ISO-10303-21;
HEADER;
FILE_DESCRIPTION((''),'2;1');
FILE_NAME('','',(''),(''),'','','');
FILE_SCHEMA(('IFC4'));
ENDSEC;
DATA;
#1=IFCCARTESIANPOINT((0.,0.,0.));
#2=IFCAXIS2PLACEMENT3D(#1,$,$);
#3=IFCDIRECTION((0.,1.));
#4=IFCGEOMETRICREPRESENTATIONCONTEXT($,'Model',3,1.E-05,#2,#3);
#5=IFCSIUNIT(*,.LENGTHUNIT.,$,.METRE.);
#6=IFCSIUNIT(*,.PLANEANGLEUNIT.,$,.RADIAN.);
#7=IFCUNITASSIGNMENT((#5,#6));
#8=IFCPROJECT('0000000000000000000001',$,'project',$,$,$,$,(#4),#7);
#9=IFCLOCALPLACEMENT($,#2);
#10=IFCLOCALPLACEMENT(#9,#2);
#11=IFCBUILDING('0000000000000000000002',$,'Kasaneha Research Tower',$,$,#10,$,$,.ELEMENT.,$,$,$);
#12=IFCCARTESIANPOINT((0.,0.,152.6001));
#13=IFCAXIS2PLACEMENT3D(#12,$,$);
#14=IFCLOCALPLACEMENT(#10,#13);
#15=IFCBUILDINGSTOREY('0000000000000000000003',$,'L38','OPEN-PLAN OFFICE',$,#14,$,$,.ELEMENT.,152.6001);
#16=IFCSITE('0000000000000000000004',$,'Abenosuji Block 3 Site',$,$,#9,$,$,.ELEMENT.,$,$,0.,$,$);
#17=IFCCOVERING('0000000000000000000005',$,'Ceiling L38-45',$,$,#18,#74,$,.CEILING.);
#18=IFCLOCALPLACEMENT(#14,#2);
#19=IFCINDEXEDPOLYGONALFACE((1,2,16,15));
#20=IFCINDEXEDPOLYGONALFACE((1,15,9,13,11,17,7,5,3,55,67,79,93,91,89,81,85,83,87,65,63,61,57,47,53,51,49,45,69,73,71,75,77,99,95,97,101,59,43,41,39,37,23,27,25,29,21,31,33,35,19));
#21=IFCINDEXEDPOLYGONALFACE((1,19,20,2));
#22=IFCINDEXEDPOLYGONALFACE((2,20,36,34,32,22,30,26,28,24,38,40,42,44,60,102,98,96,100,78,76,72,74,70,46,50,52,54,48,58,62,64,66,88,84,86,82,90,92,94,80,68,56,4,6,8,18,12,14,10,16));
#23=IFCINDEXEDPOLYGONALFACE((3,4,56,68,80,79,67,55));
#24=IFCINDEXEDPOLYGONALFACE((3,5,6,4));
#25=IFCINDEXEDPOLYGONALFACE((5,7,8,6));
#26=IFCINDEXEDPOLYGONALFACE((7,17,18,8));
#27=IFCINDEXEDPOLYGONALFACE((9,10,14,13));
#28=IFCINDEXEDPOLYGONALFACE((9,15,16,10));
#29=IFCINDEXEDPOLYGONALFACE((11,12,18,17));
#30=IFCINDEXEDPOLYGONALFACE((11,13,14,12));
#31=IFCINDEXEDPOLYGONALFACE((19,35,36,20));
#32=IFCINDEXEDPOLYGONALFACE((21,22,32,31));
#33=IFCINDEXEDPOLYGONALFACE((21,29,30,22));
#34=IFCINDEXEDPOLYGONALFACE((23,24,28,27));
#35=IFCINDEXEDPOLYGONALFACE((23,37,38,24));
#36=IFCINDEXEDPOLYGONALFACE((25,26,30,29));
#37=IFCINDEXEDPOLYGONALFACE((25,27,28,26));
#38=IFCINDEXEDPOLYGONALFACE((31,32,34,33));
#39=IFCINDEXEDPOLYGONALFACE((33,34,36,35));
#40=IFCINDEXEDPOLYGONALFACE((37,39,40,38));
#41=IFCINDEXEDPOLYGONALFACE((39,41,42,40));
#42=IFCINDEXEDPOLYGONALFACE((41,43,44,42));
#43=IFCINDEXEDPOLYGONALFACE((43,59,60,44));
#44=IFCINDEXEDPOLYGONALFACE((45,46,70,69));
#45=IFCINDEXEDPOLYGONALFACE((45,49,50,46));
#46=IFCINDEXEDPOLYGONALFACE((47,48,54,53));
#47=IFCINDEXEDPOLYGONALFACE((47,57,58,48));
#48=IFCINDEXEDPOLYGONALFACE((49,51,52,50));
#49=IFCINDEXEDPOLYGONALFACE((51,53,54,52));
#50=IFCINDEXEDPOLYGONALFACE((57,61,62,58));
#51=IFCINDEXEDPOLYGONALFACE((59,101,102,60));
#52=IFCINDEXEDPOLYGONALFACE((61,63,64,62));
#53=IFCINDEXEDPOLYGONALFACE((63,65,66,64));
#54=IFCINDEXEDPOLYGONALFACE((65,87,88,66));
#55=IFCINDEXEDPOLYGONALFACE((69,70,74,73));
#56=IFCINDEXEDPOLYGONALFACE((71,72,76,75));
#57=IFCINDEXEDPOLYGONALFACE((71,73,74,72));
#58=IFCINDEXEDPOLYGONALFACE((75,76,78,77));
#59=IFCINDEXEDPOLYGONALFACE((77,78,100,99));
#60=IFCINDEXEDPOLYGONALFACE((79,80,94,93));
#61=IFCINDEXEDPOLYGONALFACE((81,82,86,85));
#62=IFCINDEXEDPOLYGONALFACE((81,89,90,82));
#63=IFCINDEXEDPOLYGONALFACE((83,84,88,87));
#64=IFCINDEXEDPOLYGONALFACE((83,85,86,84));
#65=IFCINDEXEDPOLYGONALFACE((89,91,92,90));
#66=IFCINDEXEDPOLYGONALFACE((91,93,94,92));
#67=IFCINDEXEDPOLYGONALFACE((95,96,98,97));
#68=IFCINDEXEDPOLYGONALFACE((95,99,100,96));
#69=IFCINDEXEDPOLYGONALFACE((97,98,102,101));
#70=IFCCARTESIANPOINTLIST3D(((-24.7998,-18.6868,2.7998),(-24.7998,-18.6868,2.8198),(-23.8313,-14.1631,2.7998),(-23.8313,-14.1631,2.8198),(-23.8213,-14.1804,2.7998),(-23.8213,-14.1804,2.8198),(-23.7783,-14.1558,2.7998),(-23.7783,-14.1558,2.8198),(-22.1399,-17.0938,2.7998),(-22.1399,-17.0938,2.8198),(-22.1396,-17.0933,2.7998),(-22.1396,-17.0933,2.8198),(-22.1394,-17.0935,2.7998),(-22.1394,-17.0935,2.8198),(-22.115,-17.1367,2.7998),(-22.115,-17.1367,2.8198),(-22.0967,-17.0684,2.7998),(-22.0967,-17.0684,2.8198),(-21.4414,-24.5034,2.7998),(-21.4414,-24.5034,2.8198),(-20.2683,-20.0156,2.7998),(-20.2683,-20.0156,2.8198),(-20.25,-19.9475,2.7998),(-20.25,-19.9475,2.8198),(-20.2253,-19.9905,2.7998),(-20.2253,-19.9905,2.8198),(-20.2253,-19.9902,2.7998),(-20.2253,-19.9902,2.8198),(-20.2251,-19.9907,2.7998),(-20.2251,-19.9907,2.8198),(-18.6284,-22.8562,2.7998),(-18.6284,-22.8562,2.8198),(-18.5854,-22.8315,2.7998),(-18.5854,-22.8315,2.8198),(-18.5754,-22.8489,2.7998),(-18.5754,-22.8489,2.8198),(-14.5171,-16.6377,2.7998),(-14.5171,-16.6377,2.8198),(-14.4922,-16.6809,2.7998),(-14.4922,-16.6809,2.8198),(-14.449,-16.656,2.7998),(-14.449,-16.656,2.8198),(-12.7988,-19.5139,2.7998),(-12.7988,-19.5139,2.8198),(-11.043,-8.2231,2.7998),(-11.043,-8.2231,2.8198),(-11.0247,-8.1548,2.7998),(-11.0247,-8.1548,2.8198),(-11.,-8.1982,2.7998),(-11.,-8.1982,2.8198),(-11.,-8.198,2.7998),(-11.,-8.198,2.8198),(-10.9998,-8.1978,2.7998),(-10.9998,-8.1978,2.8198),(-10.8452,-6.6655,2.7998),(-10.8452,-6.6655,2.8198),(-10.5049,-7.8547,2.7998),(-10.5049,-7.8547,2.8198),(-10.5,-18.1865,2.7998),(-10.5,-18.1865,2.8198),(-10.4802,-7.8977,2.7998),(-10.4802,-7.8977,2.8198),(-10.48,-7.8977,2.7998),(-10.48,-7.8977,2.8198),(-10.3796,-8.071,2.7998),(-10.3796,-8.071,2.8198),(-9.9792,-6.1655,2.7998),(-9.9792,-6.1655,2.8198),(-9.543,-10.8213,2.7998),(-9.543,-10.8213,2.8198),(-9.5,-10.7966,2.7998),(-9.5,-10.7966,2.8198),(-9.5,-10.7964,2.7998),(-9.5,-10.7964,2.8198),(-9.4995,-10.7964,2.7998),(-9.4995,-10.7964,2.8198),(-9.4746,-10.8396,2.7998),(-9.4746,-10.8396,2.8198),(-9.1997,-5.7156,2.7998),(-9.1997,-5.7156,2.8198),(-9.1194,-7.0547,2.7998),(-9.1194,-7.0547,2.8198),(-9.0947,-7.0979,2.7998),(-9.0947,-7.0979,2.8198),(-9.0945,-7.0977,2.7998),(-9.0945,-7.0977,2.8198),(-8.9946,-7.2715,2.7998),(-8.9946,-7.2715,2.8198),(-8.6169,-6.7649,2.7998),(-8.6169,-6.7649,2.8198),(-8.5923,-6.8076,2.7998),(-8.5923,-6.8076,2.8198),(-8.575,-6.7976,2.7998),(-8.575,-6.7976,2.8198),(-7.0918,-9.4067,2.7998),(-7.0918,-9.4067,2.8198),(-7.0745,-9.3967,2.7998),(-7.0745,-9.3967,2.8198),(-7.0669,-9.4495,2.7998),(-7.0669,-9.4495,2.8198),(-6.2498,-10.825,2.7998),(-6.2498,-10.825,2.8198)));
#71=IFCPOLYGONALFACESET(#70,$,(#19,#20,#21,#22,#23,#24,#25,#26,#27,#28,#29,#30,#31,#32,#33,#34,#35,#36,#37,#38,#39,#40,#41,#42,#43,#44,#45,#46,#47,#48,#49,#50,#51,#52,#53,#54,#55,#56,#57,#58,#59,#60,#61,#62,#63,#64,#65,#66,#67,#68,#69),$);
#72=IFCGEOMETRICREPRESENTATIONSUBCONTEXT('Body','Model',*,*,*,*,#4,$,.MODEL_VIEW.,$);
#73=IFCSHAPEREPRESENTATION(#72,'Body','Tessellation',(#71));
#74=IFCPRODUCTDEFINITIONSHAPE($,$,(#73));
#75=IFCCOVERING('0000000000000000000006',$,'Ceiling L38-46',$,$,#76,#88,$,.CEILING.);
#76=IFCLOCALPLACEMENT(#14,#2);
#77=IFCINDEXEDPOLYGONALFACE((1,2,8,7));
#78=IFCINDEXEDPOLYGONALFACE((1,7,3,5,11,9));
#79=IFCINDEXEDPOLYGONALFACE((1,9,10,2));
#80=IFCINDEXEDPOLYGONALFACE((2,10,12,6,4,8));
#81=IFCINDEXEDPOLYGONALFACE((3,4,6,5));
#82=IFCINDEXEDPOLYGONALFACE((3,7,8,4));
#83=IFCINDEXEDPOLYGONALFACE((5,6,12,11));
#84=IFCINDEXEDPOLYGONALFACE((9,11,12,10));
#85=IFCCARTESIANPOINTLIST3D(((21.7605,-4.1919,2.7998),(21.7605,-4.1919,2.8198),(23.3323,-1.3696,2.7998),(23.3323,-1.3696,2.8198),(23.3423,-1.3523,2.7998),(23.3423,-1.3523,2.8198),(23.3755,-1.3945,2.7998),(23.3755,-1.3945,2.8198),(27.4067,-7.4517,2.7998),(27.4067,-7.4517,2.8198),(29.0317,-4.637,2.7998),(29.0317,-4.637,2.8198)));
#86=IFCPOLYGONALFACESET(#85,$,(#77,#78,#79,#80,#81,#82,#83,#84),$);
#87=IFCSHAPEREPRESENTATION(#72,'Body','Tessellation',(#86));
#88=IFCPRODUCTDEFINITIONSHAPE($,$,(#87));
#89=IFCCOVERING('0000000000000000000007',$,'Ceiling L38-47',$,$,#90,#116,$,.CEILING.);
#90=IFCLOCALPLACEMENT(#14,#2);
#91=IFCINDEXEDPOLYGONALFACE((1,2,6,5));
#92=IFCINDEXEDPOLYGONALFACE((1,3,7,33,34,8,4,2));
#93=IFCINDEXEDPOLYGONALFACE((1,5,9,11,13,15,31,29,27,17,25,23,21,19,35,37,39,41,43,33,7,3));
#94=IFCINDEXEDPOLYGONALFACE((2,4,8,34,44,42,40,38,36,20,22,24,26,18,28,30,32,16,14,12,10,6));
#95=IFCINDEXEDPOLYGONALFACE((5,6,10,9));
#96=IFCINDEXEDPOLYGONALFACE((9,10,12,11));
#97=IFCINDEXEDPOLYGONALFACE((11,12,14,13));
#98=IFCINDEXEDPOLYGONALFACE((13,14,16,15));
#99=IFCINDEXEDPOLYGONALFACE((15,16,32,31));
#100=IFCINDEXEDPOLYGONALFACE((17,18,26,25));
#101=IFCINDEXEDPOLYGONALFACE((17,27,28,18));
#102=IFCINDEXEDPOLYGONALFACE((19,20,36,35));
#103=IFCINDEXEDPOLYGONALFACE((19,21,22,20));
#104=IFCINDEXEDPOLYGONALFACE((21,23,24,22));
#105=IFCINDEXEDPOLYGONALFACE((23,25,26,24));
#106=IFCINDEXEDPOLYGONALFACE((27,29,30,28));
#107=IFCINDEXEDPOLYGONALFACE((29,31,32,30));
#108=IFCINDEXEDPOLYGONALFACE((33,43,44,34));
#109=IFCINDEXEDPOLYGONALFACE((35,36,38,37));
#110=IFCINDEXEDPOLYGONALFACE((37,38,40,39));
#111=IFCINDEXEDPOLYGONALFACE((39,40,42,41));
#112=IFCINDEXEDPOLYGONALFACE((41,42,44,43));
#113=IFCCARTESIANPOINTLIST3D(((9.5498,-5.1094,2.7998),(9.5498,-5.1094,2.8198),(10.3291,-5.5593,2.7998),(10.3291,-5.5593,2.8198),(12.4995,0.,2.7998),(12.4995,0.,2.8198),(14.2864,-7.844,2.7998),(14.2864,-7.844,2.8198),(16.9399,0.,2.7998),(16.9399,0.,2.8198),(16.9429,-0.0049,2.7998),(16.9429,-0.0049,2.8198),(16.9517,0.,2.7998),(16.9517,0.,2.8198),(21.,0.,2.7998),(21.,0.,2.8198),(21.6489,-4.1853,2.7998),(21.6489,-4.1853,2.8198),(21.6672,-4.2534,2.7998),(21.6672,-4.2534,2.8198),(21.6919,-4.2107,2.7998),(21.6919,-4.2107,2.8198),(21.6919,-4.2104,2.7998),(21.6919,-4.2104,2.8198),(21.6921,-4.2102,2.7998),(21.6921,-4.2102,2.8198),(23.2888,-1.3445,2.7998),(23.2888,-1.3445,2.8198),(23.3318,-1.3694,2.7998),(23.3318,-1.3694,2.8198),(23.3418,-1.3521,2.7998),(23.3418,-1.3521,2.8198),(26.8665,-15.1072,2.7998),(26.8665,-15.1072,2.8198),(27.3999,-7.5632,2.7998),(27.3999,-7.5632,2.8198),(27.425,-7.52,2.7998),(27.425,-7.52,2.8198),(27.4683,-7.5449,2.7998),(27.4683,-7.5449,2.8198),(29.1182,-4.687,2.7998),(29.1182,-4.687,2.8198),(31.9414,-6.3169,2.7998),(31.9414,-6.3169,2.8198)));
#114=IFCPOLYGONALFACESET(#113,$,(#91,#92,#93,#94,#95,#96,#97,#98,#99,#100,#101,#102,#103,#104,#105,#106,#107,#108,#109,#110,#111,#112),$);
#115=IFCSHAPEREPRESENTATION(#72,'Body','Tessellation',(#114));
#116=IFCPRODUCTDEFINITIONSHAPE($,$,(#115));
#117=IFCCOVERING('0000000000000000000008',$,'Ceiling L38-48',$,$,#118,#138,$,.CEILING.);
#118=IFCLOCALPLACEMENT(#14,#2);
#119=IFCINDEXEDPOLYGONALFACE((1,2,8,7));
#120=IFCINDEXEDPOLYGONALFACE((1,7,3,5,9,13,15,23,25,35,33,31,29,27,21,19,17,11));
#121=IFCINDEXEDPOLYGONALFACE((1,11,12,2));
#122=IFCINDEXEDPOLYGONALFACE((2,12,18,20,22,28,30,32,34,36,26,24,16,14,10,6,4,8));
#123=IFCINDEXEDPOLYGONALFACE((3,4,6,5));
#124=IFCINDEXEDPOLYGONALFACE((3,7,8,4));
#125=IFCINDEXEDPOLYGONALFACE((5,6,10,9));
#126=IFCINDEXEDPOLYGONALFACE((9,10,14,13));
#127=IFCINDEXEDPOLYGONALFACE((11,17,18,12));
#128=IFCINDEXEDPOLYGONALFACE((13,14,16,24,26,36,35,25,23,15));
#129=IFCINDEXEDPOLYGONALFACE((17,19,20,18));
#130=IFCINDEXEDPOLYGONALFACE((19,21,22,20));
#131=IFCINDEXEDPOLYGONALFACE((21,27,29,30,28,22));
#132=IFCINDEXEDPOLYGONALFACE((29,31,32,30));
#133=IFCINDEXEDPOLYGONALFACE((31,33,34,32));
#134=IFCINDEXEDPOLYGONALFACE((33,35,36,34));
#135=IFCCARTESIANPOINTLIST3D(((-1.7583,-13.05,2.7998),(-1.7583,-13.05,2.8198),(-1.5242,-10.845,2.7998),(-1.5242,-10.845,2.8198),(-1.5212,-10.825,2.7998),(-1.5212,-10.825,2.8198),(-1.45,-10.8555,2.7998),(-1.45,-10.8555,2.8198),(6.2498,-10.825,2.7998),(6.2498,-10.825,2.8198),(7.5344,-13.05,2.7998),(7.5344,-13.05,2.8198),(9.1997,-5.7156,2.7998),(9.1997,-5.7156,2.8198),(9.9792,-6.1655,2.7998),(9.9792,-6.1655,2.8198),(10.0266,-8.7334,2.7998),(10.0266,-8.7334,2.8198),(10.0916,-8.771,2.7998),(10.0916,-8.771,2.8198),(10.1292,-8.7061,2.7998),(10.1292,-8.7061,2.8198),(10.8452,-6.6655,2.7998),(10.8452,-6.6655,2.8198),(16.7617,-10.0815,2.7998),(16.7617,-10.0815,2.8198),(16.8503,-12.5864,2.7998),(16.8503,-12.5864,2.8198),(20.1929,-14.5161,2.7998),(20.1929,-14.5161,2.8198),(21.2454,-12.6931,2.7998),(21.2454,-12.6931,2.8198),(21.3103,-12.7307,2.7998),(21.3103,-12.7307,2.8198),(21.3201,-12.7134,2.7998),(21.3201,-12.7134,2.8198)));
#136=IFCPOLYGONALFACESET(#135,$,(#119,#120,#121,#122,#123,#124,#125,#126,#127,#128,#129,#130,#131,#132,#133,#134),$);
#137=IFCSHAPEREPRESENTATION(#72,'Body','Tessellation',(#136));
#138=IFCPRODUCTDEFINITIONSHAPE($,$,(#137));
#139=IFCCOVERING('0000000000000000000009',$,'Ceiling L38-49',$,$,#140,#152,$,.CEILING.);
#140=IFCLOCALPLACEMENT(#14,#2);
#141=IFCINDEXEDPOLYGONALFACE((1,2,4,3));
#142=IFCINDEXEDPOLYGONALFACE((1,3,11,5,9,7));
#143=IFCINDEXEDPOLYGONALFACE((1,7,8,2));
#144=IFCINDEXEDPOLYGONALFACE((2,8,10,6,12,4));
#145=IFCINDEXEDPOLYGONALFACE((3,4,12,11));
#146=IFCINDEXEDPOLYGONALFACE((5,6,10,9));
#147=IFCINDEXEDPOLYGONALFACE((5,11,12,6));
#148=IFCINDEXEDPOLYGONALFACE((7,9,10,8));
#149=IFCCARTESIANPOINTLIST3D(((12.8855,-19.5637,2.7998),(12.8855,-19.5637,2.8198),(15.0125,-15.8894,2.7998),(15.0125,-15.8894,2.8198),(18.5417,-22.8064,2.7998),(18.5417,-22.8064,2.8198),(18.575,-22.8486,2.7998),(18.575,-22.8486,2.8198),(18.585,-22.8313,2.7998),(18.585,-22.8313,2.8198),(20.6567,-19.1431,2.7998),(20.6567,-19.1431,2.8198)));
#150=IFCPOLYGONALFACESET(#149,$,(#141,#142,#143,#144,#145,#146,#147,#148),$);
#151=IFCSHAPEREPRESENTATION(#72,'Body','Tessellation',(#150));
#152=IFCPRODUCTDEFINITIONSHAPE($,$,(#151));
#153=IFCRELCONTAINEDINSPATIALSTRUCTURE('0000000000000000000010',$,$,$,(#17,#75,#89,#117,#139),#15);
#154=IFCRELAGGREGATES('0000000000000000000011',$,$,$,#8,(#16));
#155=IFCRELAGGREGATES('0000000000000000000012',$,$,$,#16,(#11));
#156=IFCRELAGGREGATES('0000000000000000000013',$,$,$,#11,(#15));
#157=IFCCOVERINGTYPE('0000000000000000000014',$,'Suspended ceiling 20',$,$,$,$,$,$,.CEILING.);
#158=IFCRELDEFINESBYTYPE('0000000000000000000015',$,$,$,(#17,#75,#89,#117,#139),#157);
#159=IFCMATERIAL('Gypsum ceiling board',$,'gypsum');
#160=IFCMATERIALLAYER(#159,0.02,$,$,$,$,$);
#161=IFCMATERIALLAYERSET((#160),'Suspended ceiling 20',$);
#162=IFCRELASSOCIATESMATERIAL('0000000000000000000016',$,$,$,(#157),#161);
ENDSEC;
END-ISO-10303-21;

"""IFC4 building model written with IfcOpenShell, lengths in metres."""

from ifc_helpers import new_model, si_unit, direction, frame, origin, place, context, subcontext, project, spatial, polyline, outline, extrude, material, layer, layer_set, type_object, element, save


model = new_model("IFC4")

# Units and contexts
model_context = context("Model", 3, precision=1e-05, world=origin(), true_north=direction((0.0, 1.0)))
body_context = subcontext(model_context, "Body", "Model", "MODEL_VIEW")
ifc_project = project(units=[si_unit("LENGTHUNIT", "METRE"), si_unit("PLANEANGLEUNIT", "RADIAN")], contexts=[model_context])

# Site, building, storey
site_placement = place(None, origin())
site = spatial("IfcSite", under=ifc_project, at=site_placement, Name="Abenosuji Block 3 Site", CompositionType="ELEMENT", RefElevation=0.0)
building_placement = place(site_placement, origin())
building = spatial("IfcBuilding", under=site, at=building_placement, Name="Kasaneha Research Tower", CompositionType="ELEMENT")
storey_placement = place(building_placement, frame((0.0, 0.0, 152.6001)))
storey = spatial("IfcBuildingStorey", under=building, at=storey_placement, Name="L38", Description="OPEN-PLAN OFFICE", CompositionType="ELEMENT", Elevation=152.6001)

# Coverings
ifc_material_1 = material(Name="Gypsum ceiling board", Category="gypsum")
ifc_layer_1 = layer(ifc_material_1, 0.02)
ifc_layer_set_1 = layer_set([ifc_layer_1], Name="Suspended ceiling 20")
covering_type_1 = type_object("IfcCoveringType", Name="Suspended ceiling 20", PredefinedType="CEILING", material=ifc_layer_set_1)
covering_1_placement = place(storey_placement, frame((0.0, 0.0, 2.7998)))
element("IfcCovering", 1, at=covering_1_placement, inside=storey, type_object=covering_type_1, Name="Ceiling L38-45", PredefinedType="CEILING", context=body_context, shape_type="SweptSolid", body=[
    extrude(outline(polyline([(-9.9792, -6.1655), (-9.9792, -6.1655), (-9.1997, -5.7156), (-8.575, -6.7976), (-8.5923, -6.8076), (-8.6169, -6.7649), (-9.1194, -7.0547), (-9.0945, -7.0977), (-9.0947, -7.0979), (-8.9946, -7.2715), (-10.3796, -8.071), (-10.48, -7.8977), (-10.4802, -7.8977), (-10.5049, -7.8547), (-11.0247, -8.1548), (-10.9998, -8.1978), (-11.0, -8.198), (-11.0, -8.1982), (-11.043, -8.2231), (-9.543, -10.8213), (-9.5, -10.7964), (-9.5, -10.7966), (-9.4995, -10.7964), (-9.4746, -10.8396), (-7.0669, -9.4495), (-7.0918, -9.4067), (-7.0745, -9.3967), (-6.2498, -10.825), (-10.5, -18.1865), (-12.7988, -19.5139), (-14.449, -16.656), (-14.4922, -16.6809), (-14.5171, -16.6377), (-20.25, -19.9475), (-20.2253, -19.9902), (-20.2253, -19.9905), (-20.2251, -19.9907), (-20.2683, -20.0156), (-18.6284, -22.8562), (-18.5854, -22.8315), (-18.5754, -22.8489), (-21.4414, -24.5034), (-24.7998, -18.6868), (-22.115, -17.1367), (-22.1399, -17.0938), (-22.1394, -17.0935), (-22.1396, -17.0933), (-22.0967, -17.0684), (-23.7783, -14.1558), (-23.8213, -14.1804), (-23.8313, -14.1631), (-10.8452, -6.6655), (-10.8452, -6.6655), (-9.9792, -6.1655)])), origin(), (0.0, 0.0, 1.0), 0.02),
])
covering_2_placement = place(storey_placement, frame((0.0, 0.0, 2.7998)))
element("IfcCovering", 2, at=covering_2_placement, inside=storey, type_object=covering_type_1, Name="Ceiling L38-46", PredefinedType="CEILING", context=body_context, shape_type="SweptSolid", body=[
    extrude(outline(polyline([(29.0317, -4.637), (27.4067, -7.4517), (21.7605, -4.1919), (23.3755, -1.3945), (23.3323, -1.3696), (23.3423, -1.3523), (29.0317, -4.637)])), origin(), (0.0, 0.0, 1.0), 0.02),
])
covering_3_placement = place(storey_placement, frame((0.0, 0.0, 2.7998)))
element("IfcCovering", 3, at=covering_3_placement, inside=storey, type_object=covering_type_1, Name="Ceiling L38-47", PredefinedType="CEILING", context=body_context, shape_type="SweptSolid", body=[
    extrude(outline(polyline([(9.5498, -5.1094), (12.4995, 0.0), (16.9399, 0.0), (16.9429, -0.0049), (16.9517, 0.0), (21.0, 0.0), (23.3418, -1.3521), (23.3318, -1.3694), (23.2888, -1.3445), (21.6489, -4.1853), (21.6921, -4.2102), (21.6919, -4.2104), (21.6919, -4.2107), (21.6672, -4.2534), (27.3999, -7.5632), (27.425, -7.52), (27.4683, -7.5449), (29.1182, -4.687), (31.9414, -6.3169), (26.8665, -15.1072), (14.2864, -7.844), (10.3291, -5.5593), (10.3291, -5.5593), (9.5498, -5.1094)])), origin(), (0.0, 0.0, 1.0), 0.02),
])
covering_4_placement = place(storey_placement, frame((0.0, 0.0, 2.7998)))
element("IfcCovering", 4, at=covering_4_placement, inside=storey, type_object=covering_type_1, Name="Ceiling L38-48", PredefinedType="CEILING", context=body_context, shape_type="SweptSolid", body=[
    extrude(outline(polyline([(10.0916, -8.771), (10.0266, -8.7334), (7.5344, -13.05), (-1.7583, -13.05), (-1.45, -10.8555), (-1.5242, -10.845), (-1.5212, -10.825), (6.2498, -10.825), (9.1997, -5.7156), (9.9792, -6.1655), (9.9792, -6.1655), (10.8452, -6.6655), (10.8452, -6.6655), (16.7617, -10.0815), (21.3201, -12.7134), (21.3103, -12.7307), (21.2454, -12.6931), (20.1929, -14.5161), (16.8503, -12.5864), (16.8503, -12.5864), (10.1292, -8.7061), (10.0916, -8.771), (10.0916, -8.7708), (10.0916, -8.771)])), origin(), (0.0, 0.0, 1.0), 0.02),
])
covering_5_placement = place(storey_placement, frame((0.0, 0.0, 2.7998)))
element("IfcCovering", 5, at=covering_5_placement, inside=storey, type_object=covering_type_1, Name="Ceiling L38-49", PredefinedType="CEILING", context=body_context, shape_type="SweptSolid", body=[
    extrude(outline(polyline([(12.8855, -19.5637), (15.0125, -15.8894), (20.6567, -19.1431), (18.5417, -22.8064), (18.585, -22.8313), (18.575, -22.8486), (12.8855, -19.5637)])), origin(), (0.0, 0.0, 1.0), 0.02),
])

save(model, "model.ifc")
